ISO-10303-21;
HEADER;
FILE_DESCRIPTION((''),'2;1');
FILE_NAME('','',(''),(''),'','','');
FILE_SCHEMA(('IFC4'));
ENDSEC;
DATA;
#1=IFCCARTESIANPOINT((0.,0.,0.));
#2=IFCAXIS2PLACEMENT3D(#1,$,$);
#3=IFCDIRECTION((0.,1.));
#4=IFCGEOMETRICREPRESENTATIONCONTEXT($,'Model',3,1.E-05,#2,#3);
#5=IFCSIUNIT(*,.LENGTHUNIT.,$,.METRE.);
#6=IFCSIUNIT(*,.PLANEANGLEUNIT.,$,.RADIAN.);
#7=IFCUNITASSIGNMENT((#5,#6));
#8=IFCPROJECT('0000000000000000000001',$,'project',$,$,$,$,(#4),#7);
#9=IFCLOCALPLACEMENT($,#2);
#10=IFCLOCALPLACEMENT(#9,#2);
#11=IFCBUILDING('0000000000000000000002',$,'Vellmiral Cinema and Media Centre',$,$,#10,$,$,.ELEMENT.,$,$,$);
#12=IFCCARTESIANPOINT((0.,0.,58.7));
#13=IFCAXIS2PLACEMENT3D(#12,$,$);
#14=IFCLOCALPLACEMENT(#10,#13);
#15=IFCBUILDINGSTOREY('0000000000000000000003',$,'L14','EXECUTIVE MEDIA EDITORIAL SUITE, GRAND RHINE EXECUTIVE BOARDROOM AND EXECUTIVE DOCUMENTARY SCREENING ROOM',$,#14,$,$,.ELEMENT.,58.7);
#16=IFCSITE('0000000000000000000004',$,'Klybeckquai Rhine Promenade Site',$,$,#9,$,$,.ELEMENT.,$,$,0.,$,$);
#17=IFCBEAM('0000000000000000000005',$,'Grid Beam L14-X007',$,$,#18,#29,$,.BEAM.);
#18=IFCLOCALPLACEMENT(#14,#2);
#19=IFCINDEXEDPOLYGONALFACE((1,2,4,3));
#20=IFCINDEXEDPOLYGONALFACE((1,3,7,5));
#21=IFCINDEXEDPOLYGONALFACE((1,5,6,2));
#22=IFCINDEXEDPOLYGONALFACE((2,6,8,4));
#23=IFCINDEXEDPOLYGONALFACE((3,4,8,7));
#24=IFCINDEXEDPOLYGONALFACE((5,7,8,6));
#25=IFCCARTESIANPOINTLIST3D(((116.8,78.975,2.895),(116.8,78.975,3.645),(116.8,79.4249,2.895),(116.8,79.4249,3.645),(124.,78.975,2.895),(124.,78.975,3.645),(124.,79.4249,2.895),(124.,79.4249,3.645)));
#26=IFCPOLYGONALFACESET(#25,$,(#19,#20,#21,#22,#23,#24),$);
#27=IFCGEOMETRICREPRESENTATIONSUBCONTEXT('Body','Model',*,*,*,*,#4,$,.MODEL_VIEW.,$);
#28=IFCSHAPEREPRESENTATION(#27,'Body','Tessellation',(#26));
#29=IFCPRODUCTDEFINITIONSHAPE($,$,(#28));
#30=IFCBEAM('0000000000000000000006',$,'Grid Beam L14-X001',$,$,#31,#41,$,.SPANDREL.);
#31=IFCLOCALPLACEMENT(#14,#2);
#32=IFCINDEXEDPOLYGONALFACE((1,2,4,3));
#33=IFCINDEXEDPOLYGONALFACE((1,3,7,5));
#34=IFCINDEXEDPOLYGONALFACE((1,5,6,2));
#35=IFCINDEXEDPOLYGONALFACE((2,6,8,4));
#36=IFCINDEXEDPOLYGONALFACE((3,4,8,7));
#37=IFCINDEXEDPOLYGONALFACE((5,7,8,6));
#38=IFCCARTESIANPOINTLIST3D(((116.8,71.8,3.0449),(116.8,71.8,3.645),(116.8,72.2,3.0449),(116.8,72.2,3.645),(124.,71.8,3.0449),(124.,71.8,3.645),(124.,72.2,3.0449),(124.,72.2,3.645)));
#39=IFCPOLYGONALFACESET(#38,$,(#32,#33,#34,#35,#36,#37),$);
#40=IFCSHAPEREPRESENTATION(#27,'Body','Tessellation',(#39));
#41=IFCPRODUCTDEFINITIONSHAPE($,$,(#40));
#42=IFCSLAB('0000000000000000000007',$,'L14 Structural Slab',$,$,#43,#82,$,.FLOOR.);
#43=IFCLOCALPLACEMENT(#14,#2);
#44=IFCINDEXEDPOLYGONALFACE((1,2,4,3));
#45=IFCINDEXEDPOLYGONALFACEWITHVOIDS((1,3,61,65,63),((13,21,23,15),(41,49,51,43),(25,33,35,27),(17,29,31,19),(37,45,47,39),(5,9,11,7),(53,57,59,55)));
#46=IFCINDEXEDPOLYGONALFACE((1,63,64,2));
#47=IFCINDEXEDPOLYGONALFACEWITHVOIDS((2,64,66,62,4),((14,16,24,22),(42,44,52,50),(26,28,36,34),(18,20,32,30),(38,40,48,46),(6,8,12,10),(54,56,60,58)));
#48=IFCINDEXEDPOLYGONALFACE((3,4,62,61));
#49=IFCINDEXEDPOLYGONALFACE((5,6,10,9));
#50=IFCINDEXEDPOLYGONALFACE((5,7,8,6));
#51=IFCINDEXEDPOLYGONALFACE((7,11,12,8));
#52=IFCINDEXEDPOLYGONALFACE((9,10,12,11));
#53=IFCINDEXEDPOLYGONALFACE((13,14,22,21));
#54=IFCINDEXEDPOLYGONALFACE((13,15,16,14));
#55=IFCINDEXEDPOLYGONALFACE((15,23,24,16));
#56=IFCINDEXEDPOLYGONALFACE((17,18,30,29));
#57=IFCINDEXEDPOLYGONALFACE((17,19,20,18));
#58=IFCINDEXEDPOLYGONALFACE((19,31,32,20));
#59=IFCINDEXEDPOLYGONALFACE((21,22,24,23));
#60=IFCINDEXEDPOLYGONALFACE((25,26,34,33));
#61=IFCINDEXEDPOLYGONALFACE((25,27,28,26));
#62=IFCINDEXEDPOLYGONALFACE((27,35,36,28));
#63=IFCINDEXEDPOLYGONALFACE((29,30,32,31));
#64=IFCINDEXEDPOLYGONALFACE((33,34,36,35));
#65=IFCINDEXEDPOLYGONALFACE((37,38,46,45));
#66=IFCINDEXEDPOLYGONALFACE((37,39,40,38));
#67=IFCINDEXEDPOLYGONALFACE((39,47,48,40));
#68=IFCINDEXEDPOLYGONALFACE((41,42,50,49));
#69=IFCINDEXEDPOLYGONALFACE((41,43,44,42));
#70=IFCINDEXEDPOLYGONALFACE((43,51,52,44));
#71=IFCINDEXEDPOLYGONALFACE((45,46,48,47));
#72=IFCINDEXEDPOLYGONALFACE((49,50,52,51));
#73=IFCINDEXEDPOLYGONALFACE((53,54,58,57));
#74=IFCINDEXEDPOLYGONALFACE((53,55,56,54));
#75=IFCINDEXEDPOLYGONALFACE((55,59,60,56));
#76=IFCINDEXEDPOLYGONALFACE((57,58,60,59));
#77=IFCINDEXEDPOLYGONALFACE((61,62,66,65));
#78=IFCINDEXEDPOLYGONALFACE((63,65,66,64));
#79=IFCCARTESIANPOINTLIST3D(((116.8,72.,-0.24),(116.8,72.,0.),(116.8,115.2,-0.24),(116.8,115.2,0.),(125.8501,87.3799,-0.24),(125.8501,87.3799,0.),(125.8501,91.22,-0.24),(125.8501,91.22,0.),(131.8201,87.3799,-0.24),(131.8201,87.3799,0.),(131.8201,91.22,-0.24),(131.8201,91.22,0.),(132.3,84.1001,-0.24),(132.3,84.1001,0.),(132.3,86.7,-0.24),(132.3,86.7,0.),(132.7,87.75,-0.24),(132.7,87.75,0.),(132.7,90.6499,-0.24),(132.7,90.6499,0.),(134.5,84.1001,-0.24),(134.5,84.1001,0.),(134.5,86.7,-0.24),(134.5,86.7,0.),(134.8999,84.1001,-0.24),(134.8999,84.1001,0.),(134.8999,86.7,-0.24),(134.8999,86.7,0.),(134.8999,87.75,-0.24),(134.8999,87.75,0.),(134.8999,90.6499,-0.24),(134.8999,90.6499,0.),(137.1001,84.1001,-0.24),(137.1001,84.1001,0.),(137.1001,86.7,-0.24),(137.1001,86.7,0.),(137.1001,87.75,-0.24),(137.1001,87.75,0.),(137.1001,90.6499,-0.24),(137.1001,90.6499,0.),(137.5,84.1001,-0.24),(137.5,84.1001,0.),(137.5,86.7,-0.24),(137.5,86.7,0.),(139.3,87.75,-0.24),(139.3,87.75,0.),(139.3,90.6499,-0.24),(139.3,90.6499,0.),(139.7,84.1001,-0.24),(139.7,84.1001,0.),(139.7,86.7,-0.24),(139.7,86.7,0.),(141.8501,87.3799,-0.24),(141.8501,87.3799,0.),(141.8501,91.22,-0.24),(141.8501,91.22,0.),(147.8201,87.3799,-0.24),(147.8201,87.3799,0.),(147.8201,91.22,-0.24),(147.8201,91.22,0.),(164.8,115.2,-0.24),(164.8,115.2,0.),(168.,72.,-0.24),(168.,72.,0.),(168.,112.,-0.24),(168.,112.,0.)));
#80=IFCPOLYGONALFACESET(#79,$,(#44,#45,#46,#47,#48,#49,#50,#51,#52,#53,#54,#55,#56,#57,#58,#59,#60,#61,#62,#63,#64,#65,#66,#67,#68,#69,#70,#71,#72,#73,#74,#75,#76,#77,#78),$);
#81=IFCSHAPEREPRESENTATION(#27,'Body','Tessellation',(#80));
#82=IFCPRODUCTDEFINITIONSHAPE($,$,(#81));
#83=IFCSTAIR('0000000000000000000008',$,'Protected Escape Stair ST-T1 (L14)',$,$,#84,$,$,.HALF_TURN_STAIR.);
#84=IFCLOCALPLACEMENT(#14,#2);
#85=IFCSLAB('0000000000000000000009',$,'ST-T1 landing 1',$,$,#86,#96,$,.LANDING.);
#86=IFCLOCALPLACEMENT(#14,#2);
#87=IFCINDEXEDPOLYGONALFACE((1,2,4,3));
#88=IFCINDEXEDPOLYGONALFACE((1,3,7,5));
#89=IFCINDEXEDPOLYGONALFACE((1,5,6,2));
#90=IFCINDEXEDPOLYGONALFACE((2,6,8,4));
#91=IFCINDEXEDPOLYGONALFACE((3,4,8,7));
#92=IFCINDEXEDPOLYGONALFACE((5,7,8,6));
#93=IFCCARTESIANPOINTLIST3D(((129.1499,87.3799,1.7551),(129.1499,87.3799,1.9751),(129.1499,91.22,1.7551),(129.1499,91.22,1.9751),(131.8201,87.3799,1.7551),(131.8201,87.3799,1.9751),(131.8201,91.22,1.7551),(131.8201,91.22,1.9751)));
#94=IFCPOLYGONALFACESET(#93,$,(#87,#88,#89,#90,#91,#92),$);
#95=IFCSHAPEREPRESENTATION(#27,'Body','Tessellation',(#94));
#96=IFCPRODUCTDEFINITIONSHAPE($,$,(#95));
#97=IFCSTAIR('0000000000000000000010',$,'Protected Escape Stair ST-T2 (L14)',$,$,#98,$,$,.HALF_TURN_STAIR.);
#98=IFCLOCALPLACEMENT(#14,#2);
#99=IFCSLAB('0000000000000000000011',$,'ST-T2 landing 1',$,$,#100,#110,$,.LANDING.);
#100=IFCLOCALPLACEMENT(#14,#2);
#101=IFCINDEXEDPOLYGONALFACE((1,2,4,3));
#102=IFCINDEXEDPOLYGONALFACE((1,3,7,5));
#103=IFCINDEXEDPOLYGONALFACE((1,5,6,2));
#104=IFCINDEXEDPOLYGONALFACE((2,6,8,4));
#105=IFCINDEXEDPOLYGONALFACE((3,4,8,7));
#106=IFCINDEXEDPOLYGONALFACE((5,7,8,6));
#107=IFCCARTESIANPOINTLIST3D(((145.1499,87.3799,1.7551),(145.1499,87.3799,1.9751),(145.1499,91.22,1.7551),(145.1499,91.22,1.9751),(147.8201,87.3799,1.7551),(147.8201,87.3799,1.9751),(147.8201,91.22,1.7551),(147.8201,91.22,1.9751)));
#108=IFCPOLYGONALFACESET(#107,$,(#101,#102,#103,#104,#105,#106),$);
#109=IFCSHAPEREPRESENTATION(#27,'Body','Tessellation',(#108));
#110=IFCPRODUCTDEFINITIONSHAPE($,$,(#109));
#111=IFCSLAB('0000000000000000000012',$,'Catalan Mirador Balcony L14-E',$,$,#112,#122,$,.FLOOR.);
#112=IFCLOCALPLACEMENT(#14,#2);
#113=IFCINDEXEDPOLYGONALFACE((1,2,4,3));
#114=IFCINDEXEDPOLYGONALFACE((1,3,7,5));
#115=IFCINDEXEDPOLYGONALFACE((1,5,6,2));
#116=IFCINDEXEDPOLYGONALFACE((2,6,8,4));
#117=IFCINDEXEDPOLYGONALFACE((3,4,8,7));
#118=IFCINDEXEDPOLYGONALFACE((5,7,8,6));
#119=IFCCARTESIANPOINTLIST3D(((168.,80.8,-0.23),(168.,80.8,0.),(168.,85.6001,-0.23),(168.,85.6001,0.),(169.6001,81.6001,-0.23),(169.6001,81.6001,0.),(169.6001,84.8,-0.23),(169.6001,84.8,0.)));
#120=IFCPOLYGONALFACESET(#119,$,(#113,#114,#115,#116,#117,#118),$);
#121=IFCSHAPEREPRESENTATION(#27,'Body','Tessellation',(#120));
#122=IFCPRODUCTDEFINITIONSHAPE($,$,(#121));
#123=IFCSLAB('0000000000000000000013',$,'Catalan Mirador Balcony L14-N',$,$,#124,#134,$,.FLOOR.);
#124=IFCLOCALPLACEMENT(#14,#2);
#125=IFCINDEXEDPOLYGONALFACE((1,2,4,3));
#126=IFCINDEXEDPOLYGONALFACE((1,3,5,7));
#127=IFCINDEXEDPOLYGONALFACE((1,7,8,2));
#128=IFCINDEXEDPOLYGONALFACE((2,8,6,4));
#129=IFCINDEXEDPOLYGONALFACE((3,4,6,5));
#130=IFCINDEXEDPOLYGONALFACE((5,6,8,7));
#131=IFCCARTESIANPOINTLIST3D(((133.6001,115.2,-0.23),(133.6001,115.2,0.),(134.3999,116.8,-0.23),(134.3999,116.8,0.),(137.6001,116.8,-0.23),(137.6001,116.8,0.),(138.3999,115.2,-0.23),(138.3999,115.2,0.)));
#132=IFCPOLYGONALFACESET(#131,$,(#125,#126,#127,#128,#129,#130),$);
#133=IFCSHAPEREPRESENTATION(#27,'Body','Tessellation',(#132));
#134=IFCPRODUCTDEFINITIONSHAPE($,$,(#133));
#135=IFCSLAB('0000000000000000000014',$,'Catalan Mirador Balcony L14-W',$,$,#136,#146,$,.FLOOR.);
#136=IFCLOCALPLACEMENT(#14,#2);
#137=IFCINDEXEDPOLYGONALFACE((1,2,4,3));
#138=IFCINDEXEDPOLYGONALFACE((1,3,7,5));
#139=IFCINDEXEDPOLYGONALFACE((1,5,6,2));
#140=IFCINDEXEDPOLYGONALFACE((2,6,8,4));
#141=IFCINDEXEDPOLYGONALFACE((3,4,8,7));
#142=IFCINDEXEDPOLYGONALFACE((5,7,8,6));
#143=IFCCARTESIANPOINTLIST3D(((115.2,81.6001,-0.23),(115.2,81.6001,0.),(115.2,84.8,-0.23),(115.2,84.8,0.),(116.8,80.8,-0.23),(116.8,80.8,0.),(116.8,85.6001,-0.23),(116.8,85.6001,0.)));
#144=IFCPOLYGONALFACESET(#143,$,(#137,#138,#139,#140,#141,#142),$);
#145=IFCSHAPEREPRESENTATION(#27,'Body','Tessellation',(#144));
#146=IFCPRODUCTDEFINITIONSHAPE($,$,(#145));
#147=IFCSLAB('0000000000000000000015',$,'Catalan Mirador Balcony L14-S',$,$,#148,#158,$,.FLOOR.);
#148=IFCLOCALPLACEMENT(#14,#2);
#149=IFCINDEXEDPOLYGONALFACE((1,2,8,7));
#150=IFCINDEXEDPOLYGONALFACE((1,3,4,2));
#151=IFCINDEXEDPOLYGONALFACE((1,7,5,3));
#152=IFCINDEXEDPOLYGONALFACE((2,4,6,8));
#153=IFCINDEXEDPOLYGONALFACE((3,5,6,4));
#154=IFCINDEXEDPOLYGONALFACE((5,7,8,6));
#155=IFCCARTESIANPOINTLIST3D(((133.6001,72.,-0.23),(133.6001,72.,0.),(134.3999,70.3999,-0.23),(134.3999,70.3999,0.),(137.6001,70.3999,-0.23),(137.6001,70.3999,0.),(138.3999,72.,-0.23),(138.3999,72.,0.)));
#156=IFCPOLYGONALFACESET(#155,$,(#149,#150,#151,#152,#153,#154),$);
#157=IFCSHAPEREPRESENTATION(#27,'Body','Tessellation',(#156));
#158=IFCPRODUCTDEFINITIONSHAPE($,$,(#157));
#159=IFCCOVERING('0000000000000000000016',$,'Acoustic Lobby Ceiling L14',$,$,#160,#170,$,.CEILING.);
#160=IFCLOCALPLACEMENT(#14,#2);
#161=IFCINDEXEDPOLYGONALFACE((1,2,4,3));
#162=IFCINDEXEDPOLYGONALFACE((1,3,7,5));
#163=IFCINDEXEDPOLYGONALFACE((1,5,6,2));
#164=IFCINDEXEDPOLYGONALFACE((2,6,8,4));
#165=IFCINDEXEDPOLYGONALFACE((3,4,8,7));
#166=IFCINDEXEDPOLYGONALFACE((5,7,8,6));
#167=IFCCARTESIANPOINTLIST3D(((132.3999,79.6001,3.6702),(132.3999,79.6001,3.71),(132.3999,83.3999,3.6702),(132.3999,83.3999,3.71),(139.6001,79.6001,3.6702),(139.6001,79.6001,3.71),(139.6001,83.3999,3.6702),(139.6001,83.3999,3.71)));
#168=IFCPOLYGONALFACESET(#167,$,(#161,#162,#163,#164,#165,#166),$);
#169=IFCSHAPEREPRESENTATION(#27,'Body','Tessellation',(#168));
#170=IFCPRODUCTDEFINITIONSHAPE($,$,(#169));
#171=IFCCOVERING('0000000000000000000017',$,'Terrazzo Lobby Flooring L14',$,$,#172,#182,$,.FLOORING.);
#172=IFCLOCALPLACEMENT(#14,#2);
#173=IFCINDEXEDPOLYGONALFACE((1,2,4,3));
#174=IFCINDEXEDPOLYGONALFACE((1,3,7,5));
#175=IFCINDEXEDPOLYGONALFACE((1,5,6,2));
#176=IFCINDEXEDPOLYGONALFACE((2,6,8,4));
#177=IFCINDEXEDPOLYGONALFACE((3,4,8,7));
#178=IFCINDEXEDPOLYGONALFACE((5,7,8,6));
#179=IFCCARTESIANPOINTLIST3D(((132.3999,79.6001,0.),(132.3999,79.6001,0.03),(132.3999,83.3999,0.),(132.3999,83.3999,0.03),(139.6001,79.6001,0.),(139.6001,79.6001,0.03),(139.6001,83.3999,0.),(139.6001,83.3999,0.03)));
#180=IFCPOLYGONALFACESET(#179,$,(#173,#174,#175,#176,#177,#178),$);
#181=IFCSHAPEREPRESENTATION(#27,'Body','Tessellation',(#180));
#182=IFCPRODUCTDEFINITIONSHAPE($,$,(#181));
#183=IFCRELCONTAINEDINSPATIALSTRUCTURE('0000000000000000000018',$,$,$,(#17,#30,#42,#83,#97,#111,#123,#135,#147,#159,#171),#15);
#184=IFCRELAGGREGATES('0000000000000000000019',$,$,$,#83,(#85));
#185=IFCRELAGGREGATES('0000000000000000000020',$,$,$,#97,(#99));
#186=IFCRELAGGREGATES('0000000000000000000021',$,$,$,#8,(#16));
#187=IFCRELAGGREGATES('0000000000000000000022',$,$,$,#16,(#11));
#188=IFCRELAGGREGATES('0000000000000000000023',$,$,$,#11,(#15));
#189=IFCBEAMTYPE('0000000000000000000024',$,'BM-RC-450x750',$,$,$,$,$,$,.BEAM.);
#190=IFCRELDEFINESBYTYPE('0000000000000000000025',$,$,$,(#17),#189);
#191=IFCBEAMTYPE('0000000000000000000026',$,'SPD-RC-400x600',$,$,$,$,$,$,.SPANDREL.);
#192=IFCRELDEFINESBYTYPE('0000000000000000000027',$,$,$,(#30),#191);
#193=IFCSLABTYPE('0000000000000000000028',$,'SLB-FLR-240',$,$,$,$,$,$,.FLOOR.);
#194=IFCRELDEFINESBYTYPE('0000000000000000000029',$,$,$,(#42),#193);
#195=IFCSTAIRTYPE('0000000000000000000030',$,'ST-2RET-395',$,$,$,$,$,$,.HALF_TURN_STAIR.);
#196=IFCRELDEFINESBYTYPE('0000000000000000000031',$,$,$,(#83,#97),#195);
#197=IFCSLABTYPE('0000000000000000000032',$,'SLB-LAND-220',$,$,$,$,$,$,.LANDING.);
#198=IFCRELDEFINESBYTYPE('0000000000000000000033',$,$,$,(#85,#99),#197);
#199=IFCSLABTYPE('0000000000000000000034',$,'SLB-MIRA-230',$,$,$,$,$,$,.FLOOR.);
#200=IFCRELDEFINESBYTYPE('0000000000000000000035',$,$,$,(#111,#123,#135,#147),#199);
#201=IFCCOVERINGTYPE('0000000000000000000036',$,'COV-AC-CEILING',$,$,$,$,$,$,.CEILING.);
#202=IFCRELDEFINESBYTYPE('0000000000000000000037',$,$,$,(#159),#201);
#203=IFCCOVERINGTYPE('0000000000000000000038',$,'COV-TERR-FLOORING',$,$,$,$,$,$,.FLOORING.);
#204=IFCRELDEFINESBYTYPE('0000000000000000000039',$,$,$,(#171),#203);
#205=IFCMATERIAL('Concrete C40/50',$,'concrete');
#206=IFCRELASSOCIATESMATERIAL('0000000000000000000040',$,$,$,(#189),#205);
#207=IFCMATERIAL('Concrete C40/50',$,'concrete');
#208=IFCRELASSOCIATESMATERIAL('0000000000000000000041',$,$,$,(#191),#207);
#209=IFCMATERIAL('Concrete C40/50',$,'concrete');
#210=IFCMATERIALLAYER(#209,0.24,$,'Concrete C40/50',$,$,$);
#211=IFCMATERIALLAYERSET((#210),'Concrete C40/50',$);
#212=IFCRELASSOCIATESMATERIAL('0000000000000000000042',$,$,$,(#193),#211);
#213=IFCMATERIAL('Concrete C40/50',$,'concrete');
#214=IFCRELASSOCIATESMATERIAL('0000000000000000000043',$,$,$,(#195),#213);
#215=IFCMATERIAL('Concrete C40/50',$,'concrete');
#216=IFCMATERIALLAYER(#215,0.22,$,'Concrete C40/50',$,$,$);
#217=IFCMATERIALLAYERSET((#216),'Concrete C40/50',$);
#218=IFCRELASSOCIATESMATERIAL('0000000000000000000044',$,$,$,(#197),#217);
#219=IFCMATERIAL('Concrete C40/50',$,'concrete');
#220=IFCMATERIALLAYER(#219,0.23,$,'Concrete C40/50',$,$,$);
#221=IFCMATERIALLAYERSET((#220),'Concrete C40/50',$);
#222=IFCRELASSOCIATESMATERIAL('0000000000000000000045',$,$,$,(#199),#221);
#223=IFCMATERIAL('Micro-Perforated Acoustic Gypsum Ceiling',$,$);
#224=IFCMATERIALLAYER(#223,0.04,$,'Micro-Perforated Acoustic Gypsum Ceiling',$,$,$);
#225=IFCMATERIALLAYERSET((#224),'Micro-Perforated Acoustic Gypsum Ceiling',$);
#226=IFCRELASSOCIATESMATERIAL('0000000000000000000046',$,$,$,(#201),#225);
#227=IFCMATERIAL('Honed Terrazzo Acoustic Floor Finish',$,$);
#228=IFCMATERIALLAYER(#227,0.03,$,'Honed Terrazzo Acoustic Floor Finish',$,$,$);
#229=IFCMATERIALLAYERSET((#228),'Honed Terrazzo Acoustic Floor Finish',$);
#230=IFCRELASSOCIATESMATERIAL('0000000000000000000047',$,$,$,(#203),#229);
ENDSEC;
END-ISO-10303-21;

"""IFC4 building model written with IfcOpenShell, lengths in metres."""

from ifc_helpers import new_model, si_unit, direction, frame, origin, origin_2d, place, context, subcontext, project, spatial, polyline, rectangle, outline, extrude, material, layer, layer_set, material_profile, profile_set, type_object, element, aggregate, save


model = new_model("IFC4")

# Units and contexts
model_context = context("Model", 3, precision=1e-05, world=origin(), true_north=direction((0.0, 1.0)))
body_context = subcontext(model_context, "Body", "Model", "MODEL_VIEW")
ifc_project = project(units=[si_unit("LENGTHUNIT", "METRE"), si_unit("PLANEANGLEUNIT", "RADIAN")], contexts=[model_context])

# Site, building, storey
site_placement = place(None, origin())
site = spatial("IfcSite", under=ifc_project, at=site_placement, Name="Klybeckquai Rhine Promenade Site", CompositionType="ELEMENT", RefElevation=0.0)
building_placement = place(site_placement, origin())
building = spatial("IfcBuilding", under=site, at=building_placement, Name="Vellmiral Cinema and Media Centre", CompositionType="ELEMENT")
storey_placement = place(building_placement, frame((0.0, 0.0, 58.7)))
storey = spatial("IfcBuildingStorey", under=building, at=storey_placement, Name="L14", Description="EXECUTIVE MEDIA EDITORIAL SUITE, GRAND RHINE EXECUTIVE BOARDROOM AND EXECUTIVE DOCUMENTARY SCREENING ROOM", CompositionType="ELEMENT", Elevation=58.7)

# Beams
ifc_material_1 = material(Name="Concrete C40/50", Category="concrete")
ifc_material_profile_1 = material_profile(ifc_material_1, rectangle(XDim=0.45, YDim=0.75, at=origin_2d()), Name="RC 450x750")
ifc_profile_set_1 = profile_set([ifc_material_profile_1], Name="Concrete C40/50")
beam_type_1 = type_object("IfcBeamType", Name="BM-RC-450x750", PredefinedType="BEAM", material=ifc_profile_set_1)
beam_1_placement = place(storey_placement, frame((116.8, 79.2, 3.27), z_axis=(1.0, 0.0, 0.0), x_axis=(0.0, 1.0, 0.0)))
element("IfcBeam", 1, at=beam_1_placement, inside=storey, type_object=beam_type_1, Name="Grid Beam L14-X007", PredefinedType="BEAM", context=body_context, shape_type="SweptSolid", body=[
    extrude(rectangle(XDim=0.45, YDim=0.75, at=origin_2d()), origin(), (0.0, 0.0, 1.0), 7.2),
])
ifc_material_2 = material(Name="Concrete C40/50", Category="concrete")
ifc_material_profile_2 = material_profile(ifc_material_2, rectangle(XDim=0.3999, YDim=0.6001, at=origin_2d()), Name="RC 400x600")
ifc_profile_set_2 = profile_set([ifc_material_profile_2], Name="Concrete C40/50")
beam_type_2 = type_object("IfcBeamType", Name="SPD-RC-400x600", PredefinedType="SPANDREL", material=ifc_profile_set_2)
beam_2_placement = place(storey_placement, frame((116.8, 72.0, 3.345), z_axis=(1.0, 0.0, 0.0), x_axis=(0.0, 1.0, 0.0)))
element("IfcBeam", 2, at=beam_2_placement, inside=storey, type_object=beam_type_2, Name="Grid Beam L14-X001", PredefinedType="SPANDREL", context=body_context, shape_type="SweptSolid", body=[
    extrude(rectangle(XDim=0.3999, YDim=0.6001, at=origin_2d()), origin(), (0.0, 0.0, 1.0), 7.2),
])

# Slab
ifc_material_3 = material(Name="Concrete C40/50", Category="concrete")
ifc_layer_1 = layer(ifc_material_3, 0.24, Name="Concrete C40/50")
ifc_layer_set_1 = layer_set([ifc_layer_1], Name="Concrete C40/50")
slab_type_1 = type_object("IfcSlabType", Name="SLB-FLR-240", PredefinedType="FLOOR", material=ifc_layer_set_1)
slab_1_placement = place(storey_placement, frame((0.0, 0.0, -0.24)))
element("IfcSlab", 3, at=slab_1_placement, inside=storey, type_object=slab_type_1, Name="L14 Structural Slab", PredefinedType="FLOOR", context=body_context, shape_type="SweptSolid", body=[
    extrude(outline(polyline([(116.8, 72.0), (168.0, 72.0), (168.0, 112.0), (164.8, 115.2), (116.8, 115.2), (116.8, 72.0)]), holes=[polyline([(125.8501, 87.3799), (131.8201, 87.3799), (131.8201, 91.22), (125.8501, 91.22), (125.8501, 87.3799)]), polyline([(141.8501, 87.3799), (147.8201, 87.3799), (147.8201, 91.22), (141.8501, 91.22), (141.8501, 87.3799)]), polyline([(132.7, 87.75), (134.8999, 87.75), (134.8999, 90.6499), (132.7, 90.6499), (132.7, 87.75)]), polyline([(137.1001, 87.75), (139.3, 87.75), (139.3, 90.6499), (137.1001, 90.6499), (137.1001, 87.75)]), polyline([(132.3, 84.1001), (134.5, 84.1001), (134.5, 86.7), (132.3, 86.7), (132.3, 84.1001)]), polyline([(134.8999, 84.1001), (137.1001, 84.1001), (137.1001, 86.7), (134.8999, 86.7), (134.8999, 84.1001)]), polyline([(137.5, 84.1001), (139.7, 84.1001), (139.7, 86.7), (137.5, 86.7), (137.5, 84.1001)])]), origin(), (0.0, 0.0, 1.0), 0.24),
])

# Stairs, slabs
ifc_material_4 = material(Name="Concrete C40/50", Category="concrete")
stair_type = type_object("IfcStairType", Name="ST-2RET-395", PredefinedType="HALF_TURN_STAIR", material=ifc_material_4)
stair_1_placement = place(storey_placement, origin())
stair_1 = element("IfcStair", 4, at=stair_1_placement, inside=storey, type_object=stair_type, Name="Protected Escape Stair ST-T1 (L14)", PredefinedType="HALF_TURN_STAIR")
ifc_material_5 = material(Name="Concrete C40/50", Category="concrete")
ifc_layer_2 = layer(ifc_material_5, 0.22, Name="Concrete C40/50")
ifc_layer_set_2 = layer_set([ifc_layer_2], Name="Concrete C40/50")
slab_type_2 = type_object("IfcSlabType", Name="SLB-LAND-220", PredefinedType="LANDING", material=ifc_layer_set_2)
slab_2_placement = place(storey_placement, frame((0.0, 0.0, 1.7551)))
slab_2 = element("IfcSlab", 5, at=slab_2_placement, type_object=slab_type_2, Name="ST-T1 landing 1", PredefinedType="LANDING", context=body_context, shape_type="SweptSolid", body=[
    extrude(outline(polyline([(129.1499, 87.3799), (131.8201, 87.3799), (131.8201, 91.22), (129.1499, 91.22), (129.1499, 87.3799)])), origin(), (0.0, 0.0, 1.0), 0.22),
])
aggregate(stair_1, [slab_2])
stair_2_placement = place(storey_placement, origin())
stair_2 = element("IfcStair", 6, at=stair_2_placement, inside=storey, type_object=stair_type, Name="Protected Escape Stair ST-T2 (L14)", PredefinedType="HALF_TURN_STAIR")
slab_3_placement = place(storey_placement, frame((0.0, 0.0, 1.7551)))
slab_3 = element("IfcSlab", 7, at=slab_3_placement, type_object=slab_type_2, Name="ST-T2 landing 1", PredefinedType="LANDING", context=body_context, shape_type="SweptSolid", body=[
    extrude(outline(polyline([(145.1499, 87.3799), (147.8201, 87.3799), (147.8201, 91.22), (145.1499, 91.22), (145.1499, 87.3799)])), origin(), (0.0, 0.0, 1.0), 0.22),
])
aggregate(stair_2, [slab_3])

# Slabs
ifc_material_6 = material(Name="Concrete C40/50", Category="concrete")
ifc_layer_3 = layer(ifc_material_6, 0.23, Name="Concrete C40/50")
ifc_layer_set_3 = layer_set([ifc_layer_3], Name="Concrete C40/50")
slab_type_3 = type_object("IfcSlabType", Name="SLB-MIRA-230", PredefinedType="FLOOR", material=ifc_layer_set_3)
slab_4_placement = place(storey_placement, frame((0.0, 0.0, -0.23)))
element("IfcSlab", 8, at=slab_4_placement, inside=storey, type_object=slab_type_3, Name="Catalan Mirador Balcony L14-E", PredefinedType="FLOOR", context=body_context, shape_type="SweptSolid", body=[
    extrude(outline(polyline([(168.0, 80.8), (169.6001, 81.6001), (169.6001, 84.8), (168.0, 85.6001), (168.0, 80.8)])), origin(), (0.0, 0.0, 1.0), 0.23),
])
slab_5_placement = place(storey_placement, frame((0.0, 0.0, -0.23)))
element("IfcSlab", 9, at=slab_5_placement, inside=storey, type_object=slab_type_3, Name="Catalan Mirador Balcony L14-N", PredefinedType="FLOOR", context=body_context, shape_type="SweptSolid", body=[
    extrude(outline(polyline([(133.6001, 115.2), (138.3999, 115.2), (137.6001, 116.8), (134.3999, 116.8), (133.6001, 115.2)])), origin(), (0.0, 0.0, 1.0), 0.23),
])
slab_6_placement = place(storey_placement, frame((0.0, 0.0, -0.23)))
element("IfcSlab", 10, at=slab_6_placement, inside=storey, type_object=slab_type_3, Name="Catalan Mirador Balcony L14-W", PredefinedType="FLOOR", context=body_context, shape_type="SweptSolid", body=[
    extrude(outline(polyline([(116.8, 80.8), (116.8, 85.6001), (115.2, 84.8), (115.2, 81.6001), (116.8, 80.8)])), origin(), (0.0, 0.0, 1.0), 0.23),
])
slab_7_placement = place(storey_placement, frame((0.0, 0.0, -0.23)))
element("IfcSlab", 11, at=slab_7_placement, inside=storey, type_object=slab_type_3, Name="Catalan Mirador Balcony L14-S", PredefinedType="FLOOR", context=body_context, shape_type="SweptSolid", body=[
    extrude(outline(polyline([(133.6001, 72.0), (134.3999, 70.3999), (137.6001, 70.3999), (138.3999, 72.0), (133.6001, 72.0)])), origin(), (0.0, 0.0, 1.0), 0.23),
])

# Coverings
ifc_material_7 = material(Name="Micro-Perforated Acoustic Gypsum Ceiling")
ifc_layer_4 = layer(ifc_material_7, 0.04, Name="Micro-Perforated Acoustic Gypsum Ceiling")
ifc_layer_set_4 = layer_set([ifc_layer_4], Name="Micro-Perforated Acoustic Gypsum Ceiling")
covering_type_1 = type_object("IfcCoveringType", Name="COV-AC-CEILING", PredefinedType="CEILING", material=ifc_layer_set_4)
covering_1_placement = place(storey_placement, frame((0.0, 0.0, 3.6702)))
element("IfcCovering", 12, at=covering_1_placement, inside=storey, type_object=covering_type_1, Name="Acoustic Lobby Ceiling L14", PredefinedType="CEILING", context=body_context, shape_type="SweptSolid", body=[
    extrude(outline(polyline([(132.3999, 79.6001), (139.6001, 79.6001), (139.6001, 83.3999), (132.3999, 83.3999), (132.3999, 79.6001)])), origin(), (0.0, 0.0, 1.0), 0.0398),
])
ifc_material_8 = material(Name="Honed Terrazzo Acoustic Floor Finish")
ifc_layer_5 = layer(ifc_material_8, 0.03, Name="Honed Terrazzo Acoustic Floor Finish")
ifc_layer_set_5 = layer_set([ifc_layer_5], Name="Honed Terrazzo Acoustic Floor Finish")
covering_type_2 = type_object("IfcCoveringType", Name="COV-TERR-FLOORING", PredefinedType="FLOORING", material=ifc_layer_set_5)
covering_2_placement = place(storey_placement, origin())
element("IfcCovering", 13, at=covering_2_placement, inside=storey, type_object=covering_type_2, Name="Terrazzo Lobby Flooring L14", PredefinedType="FLOORING", context=body_context, shape_type="SweptSolid", body=[
    extrude(outline(polyline([(132.3999, 79.6001), (139.6001, 79.6001), (139.6001, 83.3999), (132.3999, 83.3999), (132.3999, 79.6001)])), origin(), (0.0, 0.0, 1.0), 0.03),
])

save(model, "model.ifc")
